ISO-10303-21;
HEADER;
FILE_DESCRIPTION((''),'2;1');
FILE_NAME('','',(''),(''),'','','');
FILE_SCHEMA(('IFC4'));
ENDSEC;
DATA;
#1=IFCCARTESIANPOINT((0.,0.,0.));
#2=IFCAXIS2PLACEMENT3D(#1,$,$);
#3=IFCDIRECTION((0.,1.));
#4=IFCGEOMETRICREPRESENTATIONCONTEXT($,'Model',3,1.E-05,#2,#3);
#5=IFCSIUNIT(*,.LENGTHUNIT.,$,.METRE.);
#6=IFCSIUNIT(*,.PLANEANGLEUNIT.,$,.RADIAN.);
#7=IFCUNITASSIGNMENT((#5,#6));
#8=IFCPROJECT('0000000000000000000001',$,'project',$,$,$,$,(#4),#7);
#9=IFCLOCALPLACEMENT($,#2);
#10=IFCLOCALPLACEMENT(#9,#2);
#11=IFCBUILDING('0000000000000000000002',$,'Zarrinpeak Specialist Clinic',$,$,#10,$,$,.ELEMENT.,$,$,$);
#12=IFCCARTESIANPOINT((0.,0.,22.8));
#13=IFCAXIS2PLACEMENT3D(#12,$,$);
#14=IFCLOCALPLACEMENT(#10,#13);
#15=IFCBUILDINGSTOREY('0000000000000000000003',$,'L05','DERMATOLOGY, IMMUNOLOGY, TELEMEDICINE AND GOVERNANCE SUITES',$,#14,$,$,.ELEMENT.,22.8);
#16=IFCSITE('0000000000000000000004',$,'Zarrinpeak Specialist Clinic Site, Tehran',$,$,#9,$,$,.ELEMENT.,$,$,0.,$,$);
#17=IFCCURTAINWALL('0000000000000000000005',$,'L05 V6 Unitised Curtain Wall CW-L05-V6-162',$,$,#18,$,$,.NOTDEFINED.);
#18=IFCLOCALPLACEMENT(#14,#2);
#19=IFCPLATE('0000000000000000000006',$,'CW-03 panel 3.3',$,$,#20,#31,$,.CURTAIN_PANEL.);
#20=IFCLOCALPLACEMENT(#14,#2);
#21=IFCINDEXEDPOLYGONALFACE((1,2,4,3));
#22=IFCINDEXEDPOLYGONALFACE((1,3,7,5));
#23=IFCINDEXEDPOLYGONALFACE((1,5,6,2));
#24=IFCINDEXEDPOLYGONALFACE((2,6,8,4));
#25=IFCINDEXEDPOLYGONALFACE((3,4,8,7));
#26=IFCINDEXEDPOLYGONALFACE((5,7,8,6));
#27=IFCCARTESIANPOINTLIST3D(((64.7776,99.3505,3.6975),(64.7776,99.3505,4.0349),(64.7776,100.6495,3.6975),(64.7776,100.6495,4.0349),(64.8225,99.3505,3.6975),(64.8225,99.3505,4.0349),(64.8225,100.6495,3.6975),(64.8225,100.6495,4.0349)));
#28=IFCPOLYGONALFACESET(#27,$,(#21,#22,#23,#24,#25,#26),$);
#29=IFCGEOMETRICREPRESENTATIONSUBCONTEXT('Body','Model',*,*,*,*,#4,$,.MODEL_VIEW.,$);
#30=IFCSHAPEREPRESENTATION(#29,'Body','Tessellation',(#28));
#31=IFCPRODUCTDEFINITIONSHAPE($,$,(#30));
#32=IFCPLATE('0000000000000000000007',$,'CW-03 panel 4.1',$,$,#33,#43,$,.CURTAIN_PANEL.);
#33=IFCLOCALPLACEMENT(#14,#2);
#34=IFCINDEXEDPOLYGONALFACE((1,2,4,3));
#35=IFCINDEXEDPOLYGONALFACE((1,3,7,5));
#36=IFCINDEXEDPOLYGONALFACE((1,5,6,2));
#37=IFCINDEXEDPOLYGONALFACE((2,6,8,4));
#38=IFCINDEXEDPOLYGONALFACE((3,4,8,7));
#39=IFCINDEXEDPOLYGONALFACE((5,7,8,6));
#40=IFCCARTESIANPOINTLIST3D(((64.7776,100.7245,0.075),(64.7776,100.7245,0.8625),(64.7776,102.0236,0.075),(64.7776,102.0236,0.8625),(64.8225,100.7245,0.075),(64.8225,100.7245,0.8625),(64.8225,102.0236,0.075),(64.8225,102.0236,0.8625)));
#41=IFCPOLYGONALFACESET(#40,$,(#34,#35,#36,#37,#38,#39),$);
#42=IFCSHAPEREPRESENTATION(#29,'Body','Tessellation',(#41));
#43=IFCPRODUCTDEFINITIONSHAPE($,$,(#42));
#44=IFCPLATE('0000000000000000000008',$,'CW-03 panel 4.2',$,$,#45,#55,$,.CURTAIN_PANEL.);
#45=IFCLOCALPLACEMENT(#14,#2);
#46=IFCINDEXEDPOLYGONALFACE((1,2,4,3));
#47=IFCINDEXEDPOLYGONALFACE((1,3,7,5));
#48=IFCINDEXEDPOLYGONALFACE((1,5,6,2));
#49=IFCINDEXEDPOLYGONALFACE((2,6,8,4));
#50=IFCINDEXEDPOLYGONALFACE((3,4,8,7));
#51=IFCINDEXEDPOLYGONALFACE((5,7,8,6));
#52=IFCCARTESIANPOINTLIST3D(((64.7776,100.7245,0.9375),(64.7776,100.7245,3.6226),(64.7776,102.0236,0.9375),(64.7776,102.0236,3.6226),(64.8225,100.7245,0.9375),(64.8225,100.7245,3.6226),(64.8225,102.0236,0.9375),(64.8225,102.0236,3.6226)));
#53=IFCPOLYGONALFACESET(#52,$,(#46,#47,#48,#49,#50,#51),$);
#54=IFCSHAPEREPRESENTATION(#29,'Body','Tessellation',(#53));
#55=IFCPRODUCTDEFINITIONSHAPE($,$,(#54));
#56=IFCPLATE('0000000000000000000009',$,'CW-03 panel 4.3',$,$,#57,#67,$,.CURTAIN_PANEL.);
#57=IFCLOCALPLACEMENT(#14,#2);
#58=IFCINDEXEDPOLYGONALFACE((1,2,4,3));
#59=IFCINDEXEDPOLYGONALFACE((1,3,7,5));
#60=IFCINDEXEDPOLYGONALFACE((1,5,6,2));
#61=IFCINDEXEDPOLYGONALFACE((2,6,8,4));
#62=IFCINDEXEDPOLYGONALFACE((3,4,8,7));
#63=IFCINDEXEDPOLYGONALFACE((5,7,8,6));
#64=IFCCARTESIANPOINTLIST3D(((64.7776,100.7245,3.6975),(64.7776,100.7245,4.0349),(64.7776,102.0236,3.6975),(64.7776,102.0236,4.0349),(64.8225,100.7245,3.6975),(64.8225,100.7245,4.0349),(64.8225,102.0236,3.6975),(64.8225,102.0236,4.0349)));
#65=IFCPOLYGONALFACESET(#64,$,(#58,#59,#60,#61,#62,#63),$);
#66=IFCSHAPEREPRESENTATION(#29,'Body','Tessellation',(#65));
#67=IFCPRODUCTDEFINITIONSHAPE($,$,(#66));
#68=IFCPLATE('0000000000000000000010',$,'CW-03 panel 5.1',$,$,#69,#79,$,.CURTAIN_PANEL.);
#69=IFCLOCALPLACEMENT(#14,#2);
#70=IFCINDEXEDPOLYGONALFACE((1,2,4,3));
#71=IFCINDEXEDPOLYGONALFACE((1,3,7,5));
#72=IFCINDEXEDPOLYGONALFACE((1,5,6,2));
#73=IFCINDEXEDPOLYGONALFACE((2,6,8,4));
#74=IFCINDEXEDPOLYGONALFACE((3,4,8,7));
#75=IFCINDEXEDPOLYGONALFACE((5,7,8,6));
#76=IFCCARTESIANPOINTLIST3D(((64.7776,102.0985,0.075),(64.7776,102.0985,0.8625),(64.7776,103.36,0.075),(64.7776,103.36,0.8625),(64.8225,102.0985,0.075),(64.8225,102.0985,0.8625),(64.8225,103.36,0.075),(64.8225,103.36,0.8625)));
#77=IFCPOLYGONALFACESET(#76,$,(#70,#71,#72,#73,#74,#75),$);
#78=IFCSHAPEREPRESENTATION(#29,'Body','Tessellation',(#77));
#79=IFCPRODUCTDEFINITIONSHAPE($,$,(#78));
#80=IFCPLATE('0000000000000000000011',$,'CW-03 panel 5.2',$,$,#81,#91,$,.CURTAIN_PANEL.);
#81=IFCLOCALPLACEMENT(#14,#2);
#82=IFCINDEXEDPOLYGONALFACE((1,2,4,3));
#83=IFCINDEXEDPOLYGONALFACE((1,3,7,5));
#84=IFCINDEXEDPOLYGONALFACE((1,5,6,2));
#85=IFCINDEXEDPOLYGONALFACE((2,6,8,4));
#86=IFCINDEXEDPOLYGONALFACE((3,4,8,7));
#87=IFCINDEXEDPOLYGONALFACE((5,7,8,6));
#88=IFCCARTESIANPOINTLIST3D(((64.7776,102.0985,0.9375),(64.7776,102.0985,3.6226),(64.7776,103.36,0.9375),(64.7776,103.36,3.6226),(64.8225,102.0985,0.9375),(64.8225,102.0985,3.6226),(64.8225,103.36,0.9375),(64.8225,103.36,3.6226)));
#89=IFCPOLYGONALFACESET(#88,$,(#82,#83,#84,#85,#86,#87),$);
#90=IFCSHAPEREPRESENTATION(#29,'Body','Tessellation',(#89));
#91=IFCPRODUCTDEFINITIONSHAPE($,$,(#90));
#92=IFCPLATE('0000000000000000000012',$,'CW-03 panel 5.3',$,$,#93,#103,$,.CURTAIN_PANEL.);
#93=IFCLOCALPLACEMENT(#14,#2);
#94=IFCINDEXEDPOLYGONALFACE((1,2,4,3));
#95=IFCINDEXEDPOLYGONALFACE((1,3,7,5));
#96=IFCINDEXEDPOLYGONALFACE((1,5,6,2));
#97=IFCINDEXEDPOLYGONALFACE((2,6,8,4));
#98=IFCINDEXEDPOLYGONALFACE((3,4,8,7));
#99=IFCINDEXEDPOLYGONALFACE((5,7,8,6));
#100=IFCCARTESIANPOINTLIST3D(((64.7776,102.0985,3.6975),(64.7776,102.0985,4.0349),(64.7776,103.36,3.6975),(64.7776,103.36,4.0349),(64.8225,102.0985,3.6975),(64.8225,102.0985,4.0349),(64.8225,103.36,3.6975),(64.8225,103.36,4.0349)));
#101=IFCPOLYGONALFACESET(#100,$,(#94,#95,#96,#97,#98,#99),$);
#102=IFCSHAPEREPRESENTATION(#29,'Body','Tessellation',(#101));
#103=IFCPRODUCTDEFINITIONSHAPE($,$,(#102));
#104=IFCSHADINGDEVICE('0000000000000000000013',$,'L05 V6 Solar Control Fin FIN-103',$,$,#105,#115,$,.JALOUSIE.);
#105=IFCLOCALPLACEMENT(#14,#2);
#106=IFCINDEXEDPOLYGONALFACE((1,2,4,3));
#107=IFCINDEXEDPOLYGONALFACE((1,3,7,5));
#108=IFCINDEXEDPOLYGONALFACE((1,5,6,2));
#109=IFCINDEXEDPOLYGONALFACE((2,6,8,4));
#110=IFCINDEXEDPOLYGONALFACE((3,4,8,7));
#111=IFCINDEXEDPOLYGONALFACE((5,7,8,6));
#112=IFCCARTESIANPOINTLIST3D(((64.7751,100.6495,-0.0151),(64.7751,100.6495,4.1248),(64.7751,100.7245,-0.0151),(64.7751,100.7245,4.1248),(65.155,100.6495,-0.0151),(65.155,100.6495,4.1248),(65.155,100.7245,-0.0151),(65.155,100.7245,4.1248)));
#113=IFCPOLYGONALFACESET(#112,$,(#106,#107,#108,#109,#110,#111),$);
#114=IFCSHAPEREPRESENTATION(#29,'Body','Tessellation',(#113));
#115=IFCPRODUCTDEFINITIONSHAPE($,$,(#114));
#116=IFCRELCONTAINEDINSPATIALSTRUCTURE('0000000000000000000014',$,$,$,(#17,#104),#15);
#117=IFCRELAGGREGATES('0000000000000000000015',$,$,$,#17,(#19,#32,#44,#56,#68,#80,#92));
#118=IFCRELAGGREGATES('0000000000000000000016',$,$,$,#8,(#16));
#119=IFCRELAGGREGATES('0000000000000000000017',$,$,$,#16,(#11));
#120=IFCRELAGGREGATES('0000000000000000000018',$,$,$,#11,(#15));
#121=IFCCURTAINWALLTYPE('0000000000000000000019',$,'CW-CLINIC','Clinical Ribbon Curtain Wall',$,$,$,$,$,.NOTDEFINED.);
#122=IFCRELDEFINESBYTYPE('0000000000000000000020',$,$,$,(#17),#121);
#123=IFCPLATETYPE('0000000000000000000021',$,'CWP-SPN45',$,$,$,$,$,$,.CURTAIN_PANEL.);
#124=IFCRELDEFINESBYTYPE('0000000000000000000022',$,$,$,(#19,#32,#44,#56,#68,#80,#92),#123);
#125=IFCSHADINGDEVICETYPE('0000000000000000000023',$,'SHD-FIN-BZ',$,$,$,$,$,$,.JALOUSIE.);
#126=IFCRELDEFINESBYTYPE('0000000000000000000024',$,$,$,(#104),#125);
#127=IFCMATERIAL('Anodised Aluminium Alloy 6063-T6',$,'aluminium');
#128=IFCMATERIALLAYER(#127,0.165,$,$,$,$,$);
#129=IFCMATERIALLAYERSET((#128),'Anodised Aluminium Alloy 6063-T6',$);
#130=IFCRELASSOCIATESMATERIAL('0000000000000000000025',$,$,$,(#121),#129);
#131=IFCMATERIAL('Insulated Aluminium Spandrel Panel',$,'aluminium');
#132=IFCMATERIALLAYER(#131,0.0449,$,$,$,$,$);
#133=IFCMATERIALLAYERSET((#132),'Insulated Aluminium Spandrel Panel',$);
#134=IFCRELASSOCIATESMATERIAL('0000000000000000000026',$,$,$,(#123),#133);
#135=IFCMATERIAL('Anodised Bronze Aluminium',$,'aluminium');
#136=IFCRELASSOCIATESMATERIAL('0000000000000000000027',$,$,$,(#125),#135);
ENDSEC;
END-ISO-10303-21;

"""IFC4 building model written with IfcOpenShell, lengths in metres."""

from ifc_helpers import new_model, si_unit, direction, frame, origin, origin_2d, place, context, subcontext, project, spatial, rectangle, extrude, material, layer, layer_set, type_object, element, aggregate, save


model = new_model("IFC4")

# Units and contexts
model_context = context("Model", 3, precision=1e-05, world=origin(), true_north=direction((0.0, 1.0)))
body_context = subcontext(model_context, "Body", "Model", "MODEL_VIEW")
ifc_project = project(units=[si_unit("LENGTHUNIT", "METRE"), si_unit("PLANEANGLEUNIT", "RADIAN")], contexts=[model_context])

# Site, building, storey
site_placement = place(None, origin())
site = spatial("IfcSite", under=ifc_project, at=site_placement, Name="Zarrinpeak Specialist Clinic Site, Tehran", CompositionType="ELEMENT", RefElevation=0.0)
building_placement = place(site_placement, origin())
building = spatial("IfcBuilding", under=site, at=building_placement, Name="Zarrinpeak Specialist Clinic", CompositionType="ELEMENT")
storey_placement = place(building_placement, frame((0.0, 0.0, 22.8)))
storey = spatial("IfcBuildingStorey", under=building, at=storey_placement, Name="L05", Description="DERMATOLOGY, IMMUNOLOGY, TELEMEDICINE AND GOVERNANCE SUITES", CompositionType="ELEMENT", Elevation=22.8)

# Curtain wall, plates
ifc_material_1 = material(Name="Anodised Aluminium Alloy 6063-T6", Category="aluminium")
ifc_layer_1 = layer(ifc_material_1, 0.165)
ifc_layer_set_1 = layer_set([ifc_layer_1], Name="Anodised Aluminium Alloy 6063-T6")
curtain_wall_type = type_object("IfcCurtainWallType", Name="CW-CLINIC", Description="Clinical Ribbon Curtain Wall", PredefinedType="NOTDEFINED", material=ifc_layer_set_1)
curtain_wall_placement = place(storey_placement, origin())
curtain_wall = element("IfcCurtainWall", 1, at=curtain_wall_placement, inside=storey, type_object=curtain_wall_type, Name="L05 V6 Unitised Curtain Wall CW-L05-V6-162", PredefinedType="NOTDEFINED")
ifc_material_2 = material(Name="Insulated Aluminium Spandrel Panel", Category="aluminium")
ifc_layer_2 = layer(ifc_material_2, 0.0449)
ifc_layer_set_2 = layer_set([ifc_layer_2], Name="Insulated Aluminium Spandrel Panel")
plate_type = type_object("IfcPlateType", Name="CWP-SPN45", PredefinedType="CURTAIN_PANEL", material=ifc_layer_set_2)
plate_1_placement = place(storey_placement, frame((64.8, 100.0, 3.6975), z_axis=(0.0, 0.0, 1.0), x_axis=(0.0, 1.0, 0.0)))
plate_1 = element("IfcPlate", 2, at=plate_1_placement, type_object=plate_type, Name="CW-03 panel 3.3", PredefinedType="CURTAIN_PANEL", context=body_context, shape_type="SweptSolid", body=[
    extrude(rectangle(XDim=1.2991, YDim=0.0449, at=origin_2d()), origin(), (0.0, 0.0, 1.0), 0.3374),
])
plate_2_placement = place(storey_placement, frame((64.8, 101.374, 0.075), z_axis=(0.0, 0.0, 1.0), x_axis=(0.0, 1.0, 0.0)))
plate_2 = element("IfcPlate", 3, at=plate_2_placement, type_object=plate_type, Name="CW-03 panel 4.1", PredefinedType="CURTAIN_PANEL", context=body_context, shape_type="SweptSolid", body=[
    extrude(rectangle(XDim=1.2991, YDim=0.0449, at=origin_2d()), origin(), (0.0, 0.0, 1.0), 0.7876),
])
plate_3_placement = place(storey_placement, frame((64.8, 101.374, 0.9375), z_axis=(0.0, 0.0, 1.0), x_axis=(0.0, 1.0, 0.0)))
plate_3 = element("IfcPlate", 4, at=plate_3_placement, type_object=plate_type, Name="CW-03 panel 4.2", PredefinedType="CURTAIN_PANEL", context=body_context, shape_type="SweptSolid", body=[
    extrude(rectangle(XDim=1.2991, YDim=0.0449, at=origin_2d()), origin(), (0.0, 0.0, 1.0), 2.6851),
])
plate_4_placement = place(storey_placement, frame((64.8, 101.374, 3.6975), z_axis=(0.0, 0.0, 1.0), x_axis=(0.0, 1.0, 0.0)))
plate_4 = element("IfcPlate", 5, at=plate_4_placement, type_object=plate_type, Name="CW-03 panel 4.3", PredefinedType="CURTAIN_PANEL", context=body_context, shape_type="SweptSolid", body=[
    extrude(rectangle(XDim=1.2991, YDim=0.0449, at=origin_2d()), origin(), (0.0, 0.0, 1.0), 0.3374),
])
plate_5_placement = place(storey_placement, frame((64.8, 102.7292, 0.075), z_axis=(0.0, 0.0, 1.0), x_axis=(0.0, 1.0, 0.0)))
plate_5 = element("IfcPlate", 6, at=plate_5_placement, type_object=plate_type, Name="CW-03 panel 5.1", PredefinedType="CURTAIN_PANEL", context=body_context, shape_type="SweptSolid", body=[
    extrude(rectangle(XDim=1.2615, YDim=0.0449, at=origin_2d()), origin(), (0.0, 0.0, 1.0), 0.7876),
])
plate_6_placement = place(storey_placement, frame((64.8, 102.7292, 0.9375), z_axis=(0.0, 0.0, 1.0), x_axis=(0.0, 1.0, 0.0)))
plate_6 = element("IfcPlate", 7, at=plate_6_placement, type_object=plate_type, Name="CW-03 panel 5.2", PredefinedType="CURTAIN_PANEL", context=body_context, shape_type="SweptSolid", body=[
    extrude(rectangle(XDim=1.2615, YDim=0.0449, at=origin_2d()), origin(), (0.0, 0.0, 1.0), 2.6851),
])
plate_7_placement = place(storey_placement, frame((64.8, 102.7292, 3.6975), z_axis=(0.0, 0.0, 1.0), x_axis=(0.0, 1.0, 0.0)))
plate_7 = element("IfcPlate", 8, at=plate_7_placement, type_object=plate_type, Name="CW-03 panel 5.3", PredefinedType="CURTAIN_PANEL", context=body_context, shape_type="SweptSolid", body=[
    extrude(rectangle(XDim=1.2615, YDim=0.0449, at=origin_2d()), origin(), (0.0, 0.0, 1.0), 0.3374),
])
aggregate(curtain_wall, [plate_1, plate_2, plate_3, plate_4, plate_5, plate_6, plate_7])

# Shading device
ifc_material_3 = material(Name="Anodised Bronze Aluminium", Category="aluminium")
shading_device_type = type_object("IfcShadingDeviceType", Name="SHD-FIN-BZ", PredefinedType="JALOUSIE", material=ifc_material_3)
shading_device_placement = place(storey_placement, frame((64.9651, 100.687, -0.0151), z_axis=(0.0, 0.0, 1.0), x_axis=(1.0, 0.0, 0.0)))
element("IfcShadingDevice", 9, at=shading_device_placement, inside=storey, type_object=shading_device_type, Name="L05 V6 Solar Control Fin FIN-103", PredefinedType="JALOUSIE", context=body_context, shape_type="SweptSolid", body=[
    extrude(rectangle(XDim=0.3799, YDim=0.075, at=origin_2d()), origin(), (0.0, 0.0, 1.0), 4.1399),
])

save(model, "model.ifc")
